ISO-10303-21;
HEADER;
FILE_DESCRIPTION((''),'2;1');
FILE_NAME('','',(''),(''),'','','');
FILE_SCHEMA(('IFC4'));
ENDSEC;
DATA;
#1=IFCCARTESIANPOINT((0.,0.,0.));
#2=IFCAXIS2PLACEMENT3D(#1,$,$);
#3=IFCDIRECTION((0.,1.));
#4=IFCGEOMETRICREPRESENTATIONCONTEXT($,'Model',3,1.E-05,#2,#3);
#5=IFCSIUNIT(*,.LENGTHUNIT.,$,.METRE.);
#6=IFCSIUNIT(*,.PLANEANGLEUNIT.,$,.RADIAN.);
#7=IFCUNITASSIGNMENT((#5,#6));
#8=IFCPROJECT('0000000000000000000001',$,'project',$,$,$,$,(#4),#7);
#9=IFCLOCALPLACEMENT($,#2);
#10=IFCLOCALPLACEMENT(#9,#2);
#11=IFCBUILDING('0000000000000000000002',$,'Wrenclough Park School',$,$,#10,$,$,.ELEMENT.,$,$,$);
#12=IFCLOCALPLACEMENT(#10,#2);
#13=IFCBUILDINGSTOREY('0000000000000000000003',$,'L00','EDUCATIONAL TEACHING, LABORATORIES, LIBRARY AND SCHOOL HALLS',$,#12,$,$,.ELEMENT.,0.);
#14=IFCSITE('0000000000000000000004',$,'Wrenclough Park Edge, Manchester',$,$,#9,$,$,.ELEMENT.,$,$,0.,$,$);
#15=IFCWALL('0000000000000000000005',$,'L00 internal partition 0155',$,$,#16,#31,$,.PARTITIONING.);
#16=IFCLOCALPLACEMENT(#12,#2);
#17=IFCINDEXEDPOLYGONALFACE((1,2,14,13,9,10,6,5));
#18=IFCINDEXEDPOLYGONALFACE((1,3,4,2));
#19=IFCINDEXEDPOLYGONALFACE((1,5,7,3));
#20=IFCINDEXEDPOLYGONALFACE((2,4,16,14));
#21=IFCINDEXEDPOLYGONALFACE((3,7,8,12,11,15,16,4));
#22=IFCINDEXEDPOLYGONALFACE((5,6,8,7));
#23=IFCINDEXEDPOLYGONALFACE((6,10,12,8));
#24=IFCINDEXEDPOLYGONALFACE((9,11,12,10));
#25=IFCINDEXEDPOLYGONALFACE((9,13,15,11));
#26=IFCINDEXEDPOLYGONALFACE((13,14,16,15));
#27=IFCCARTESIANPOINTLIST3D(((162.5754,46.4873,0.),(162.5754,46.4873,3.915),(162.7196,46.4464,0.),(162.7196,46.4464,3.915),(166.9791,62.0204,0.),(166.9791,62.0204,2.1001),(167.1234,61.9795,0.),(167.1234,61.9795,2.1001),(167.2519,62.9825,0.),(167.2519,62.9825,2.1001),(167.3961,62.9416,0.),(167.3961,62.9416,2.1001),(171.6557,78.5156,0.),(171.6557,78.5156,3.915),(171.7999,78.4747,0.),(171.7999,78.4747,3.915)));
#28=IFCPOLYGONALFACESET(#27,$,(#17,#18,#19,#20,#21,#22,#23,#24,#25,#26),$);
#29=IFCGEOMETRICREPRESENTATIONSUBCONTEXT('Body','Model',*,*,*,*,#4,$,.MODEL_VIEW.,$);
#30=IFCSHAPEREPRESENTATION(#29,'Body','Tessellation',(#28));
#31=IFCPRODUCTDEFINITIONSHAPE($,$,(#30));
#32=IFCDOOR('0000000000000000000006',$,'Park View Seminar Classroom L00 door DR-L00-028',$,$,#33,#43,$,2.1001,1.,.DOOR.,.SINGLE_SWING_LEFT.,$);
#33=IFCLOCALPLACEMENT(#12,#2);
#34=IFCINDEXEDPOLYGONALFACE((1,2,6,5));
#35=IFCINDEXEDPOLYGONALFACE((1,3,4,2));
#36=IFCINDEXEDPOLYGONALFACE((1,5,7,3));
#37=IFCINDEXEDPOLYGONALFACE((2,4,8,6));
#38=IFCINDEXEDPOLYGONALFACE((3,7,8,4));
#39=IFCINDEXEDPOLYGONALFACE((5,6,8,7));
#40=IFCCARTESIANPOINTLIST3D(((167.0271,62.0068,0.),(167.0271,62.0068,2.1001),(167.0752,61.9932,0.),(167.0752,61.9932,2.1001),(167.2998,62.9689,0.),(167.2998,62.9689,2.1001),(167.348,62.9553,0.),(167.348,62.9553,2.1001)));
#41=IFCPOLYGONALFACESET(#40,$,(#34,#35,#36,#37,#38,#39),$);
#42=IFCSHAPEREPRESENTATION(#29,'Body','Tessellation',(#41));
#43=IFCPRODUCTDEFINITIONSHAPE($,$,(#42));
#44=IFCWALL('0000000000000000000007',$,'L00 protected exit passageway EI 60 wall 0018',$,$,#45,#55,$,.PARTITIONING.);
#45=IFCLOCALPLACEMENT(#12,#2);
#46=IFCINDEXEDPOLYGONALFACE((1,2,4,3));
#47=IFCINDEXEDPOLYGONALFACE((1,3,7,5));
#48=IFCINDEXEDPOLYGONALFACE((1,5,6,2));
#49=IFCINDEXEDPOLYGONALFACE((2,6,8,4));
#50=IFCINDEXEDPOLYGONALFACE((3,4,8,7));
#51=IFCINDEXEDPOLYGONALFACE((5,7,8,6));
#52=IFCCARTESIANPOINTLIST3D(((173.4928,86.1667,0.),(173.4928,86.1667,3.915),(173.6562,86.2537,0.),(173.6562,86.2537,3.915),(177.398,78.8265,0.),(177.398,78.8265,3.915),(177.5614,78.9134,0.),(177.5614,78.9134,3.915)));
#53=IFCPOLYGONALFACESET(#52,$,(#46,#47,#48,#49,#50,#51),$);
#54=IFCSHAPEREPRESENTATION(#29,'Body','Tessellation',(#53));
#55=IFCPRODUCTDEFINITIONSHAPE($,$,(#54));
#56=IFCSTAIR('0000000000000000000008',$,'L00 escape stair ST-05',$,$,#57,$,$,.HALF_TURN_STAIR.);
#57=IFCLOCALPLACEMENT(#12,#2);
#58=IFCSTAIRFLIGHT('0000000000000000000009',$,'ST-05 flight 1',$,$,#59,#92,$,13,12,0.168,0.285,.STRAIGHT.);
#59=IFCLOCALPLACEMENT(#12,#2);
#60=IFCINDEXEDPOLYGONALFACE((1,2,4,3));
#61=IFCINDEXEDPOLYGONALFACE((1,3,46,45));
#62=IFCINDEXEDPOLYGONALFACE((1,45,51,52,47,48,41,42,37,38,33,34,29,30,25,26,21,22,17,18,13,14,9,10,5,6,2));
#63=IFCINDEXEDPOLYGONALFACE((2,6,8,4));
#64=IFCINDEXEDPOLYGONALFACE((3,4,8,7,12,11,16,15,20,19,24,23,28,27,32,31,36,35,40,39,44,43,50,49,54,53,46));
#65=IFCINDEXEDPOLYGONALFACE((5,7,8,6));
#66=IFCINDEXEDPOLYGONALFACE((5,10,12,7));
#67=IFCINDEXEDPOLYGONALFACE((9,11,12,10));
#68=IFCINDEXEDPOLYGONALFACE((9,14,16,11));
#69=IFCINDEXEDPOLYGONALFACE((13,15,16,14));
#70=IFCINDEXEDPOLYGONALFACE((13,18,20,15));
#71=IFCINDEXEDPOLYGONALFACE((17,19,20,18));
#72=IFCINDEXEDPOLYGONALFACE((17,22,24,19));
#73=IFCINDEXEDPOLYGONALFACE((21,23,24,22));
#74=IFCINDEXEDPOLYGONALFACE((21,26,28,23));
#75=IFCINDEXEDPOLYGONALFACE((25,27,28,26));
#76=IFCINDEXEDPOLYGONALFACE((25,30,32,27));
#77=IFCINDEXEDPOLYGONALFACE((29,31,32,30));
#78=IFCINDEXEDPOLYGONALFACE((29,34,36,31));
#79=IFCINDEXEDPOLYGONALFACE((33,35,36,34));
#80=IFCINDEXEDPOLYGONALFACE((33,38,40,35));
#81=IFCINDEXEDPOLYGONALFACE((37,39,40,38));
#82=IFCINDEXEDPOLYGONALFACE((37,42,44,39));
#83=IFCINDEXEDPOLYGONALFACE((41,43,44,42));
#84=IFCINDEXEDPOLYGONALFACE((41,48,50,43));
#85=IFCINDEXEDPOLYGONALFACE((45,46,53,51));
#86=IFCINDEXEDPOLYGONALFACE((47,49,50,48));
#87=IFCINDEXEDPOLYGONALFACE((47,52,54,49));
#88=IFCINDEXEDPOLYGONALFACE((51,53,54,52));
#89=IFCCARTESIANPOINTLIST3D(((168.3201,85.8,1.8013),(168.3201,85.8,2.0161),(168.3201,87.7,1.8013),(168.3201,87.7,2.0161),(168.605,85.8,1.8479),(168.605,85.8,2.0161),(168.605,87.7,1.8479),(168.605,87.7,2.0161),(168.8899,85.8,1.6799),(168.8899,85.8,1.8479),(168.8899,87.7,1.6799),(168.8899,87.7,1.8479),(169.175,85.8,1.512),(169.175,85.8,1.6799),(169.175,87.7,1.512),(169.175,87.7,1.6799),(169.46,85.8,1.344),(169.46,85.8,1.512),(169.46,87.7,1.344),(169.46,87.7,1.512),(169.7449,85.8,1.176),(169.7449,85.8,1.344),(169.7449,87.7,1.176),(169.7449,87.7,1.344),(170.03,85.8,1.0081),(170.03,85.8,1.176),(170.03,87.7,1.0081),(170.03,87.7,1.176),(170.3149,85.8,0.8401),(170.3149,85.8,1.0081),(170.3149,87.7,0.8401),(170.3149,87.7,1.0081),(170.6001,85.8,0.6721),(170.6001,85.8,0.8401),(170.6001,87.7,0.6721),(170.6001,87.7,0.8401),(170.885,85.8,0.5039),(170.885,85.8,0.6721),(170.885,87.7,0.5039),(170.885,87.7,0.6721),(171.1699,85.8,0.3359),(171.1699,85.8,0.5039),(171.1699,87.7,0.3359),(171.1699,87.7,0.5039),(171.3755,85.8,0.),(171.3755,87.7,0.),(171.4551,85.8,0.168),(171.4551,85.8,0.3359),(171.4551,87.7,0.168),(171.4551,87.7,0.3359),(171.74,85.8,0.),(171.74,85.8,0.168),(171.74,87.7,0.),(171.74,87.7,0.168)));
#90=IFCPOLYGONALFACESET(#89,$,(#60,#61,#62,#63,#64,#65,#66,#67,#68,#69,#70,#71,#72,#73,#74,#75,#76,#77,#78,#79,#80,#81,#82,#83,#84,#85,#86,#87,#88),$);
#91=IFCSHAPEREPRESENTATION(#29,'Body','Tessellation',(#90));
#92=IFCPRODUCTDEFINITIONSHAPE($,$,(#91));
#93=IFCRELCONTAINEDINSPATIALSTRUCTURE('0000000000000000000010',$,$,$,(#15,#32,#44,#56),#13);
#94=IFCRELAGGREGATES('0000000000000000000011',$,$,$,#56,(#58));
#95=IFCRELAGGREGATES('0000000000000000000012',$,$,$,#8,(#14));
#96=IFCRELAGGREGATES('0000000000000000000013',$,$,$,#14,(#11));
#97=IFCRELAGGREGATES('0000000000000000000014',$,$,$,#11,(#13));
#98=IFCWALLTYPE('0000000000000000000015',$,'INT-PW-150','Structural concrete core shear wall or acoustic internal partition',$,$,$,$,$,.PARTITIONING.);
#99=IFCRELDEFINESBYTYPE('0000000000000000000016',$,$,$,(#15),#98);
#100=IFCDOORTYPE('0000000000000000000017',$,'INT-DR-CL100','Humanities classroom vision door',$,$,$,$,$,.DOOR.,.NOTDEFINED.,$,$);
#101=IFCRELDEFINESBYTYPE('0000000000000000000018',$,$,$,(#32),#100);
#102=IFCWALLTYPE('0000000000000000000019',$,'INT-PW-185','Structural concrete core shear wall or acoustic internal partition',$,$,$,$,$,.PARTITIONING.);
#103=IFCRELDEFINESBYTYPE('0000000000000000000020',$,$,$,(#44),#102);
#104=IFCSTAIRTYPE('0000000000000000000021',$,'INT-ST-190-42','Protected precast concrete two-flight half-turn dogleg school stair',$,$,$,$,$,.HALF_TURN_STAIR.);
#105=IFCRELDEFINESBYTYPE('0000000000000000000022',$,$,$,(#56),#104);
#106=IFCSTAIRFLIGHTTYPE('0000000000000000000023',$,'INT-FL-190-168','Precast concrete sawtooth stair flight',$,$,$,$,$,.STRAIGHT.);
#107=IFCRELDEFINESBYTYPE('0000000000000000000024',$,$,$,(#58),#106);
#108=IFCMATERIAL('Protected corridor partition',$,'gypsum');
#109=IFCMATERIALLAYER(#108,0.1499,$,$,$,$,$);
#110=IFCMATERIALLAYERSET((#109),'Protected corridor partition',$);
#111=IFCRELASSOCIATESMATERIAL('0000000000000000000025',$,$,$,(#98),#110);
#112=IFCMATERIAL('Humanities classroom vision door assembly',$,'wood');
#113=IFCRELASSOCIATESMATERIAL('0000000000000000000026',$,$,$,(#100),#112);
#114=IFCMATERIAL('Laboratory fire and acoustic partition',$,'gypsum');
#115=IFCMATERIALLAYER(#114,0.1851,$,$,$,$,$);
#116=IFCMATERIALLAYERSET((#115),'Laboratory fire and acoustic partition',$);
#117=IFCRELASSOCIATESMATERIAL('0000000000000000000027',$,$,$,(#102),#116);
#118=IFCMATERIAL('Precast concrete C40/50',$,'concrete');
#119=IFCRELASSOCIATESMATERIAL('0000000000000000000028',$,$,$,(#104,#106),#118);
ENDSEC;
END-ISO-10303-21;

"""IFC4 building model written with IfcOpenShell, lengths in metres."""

from ifc_helpers import new_model, si_unit, direction, frame, frame_2d, origin, place, context, subcontext, project, spatial, polyline, rectangle, outline, extrude, material, layer, layer_set, type_object, element, fill, aggregate, save


model = new_model("IFC4")

# Units and contexts
model_context = context("Model", 3, precision=1e-05, world=origin(), true_north=direction((0.0, 1.0)))
body_context = subcontext(model_context, "Body", "Model", "MODEL_VIEW")
ifc_project = project(units=[si_unit("LENGTHUNIT", "METRE"), si_unit("PLANEANGLEUNIT", "RADIAN")], contexts=[model_context])

# Site, building, storey
site_placement = place(None, origin())
site = spatial("IfcSite", under=ifc_project, at=site_placement, Name="Wrenclough Park Edge, Manchester", CompositionType="ELEMENT", RefElevation=0.0)
building_placement = place(site_placement, origin())
building = spatial("IfcBuilding", under=site, at=building_placement, Name="Wrenclough Park School", CompositionType="ELEMENT")
storey_placement = place(building_placement, origin())
storey = spatial("IfcBuildingStorey", under=building, at=storey_placement, Name="L00", Description="EDUCATIONAL TEACHING, LABORATORIES, LIBRARY AND SCHOOL HALLS", CompositionType="ELEMENT", Elevation=0.0)

# Shared definitions
ifc_material_1 = material(Name="Protected corridor partition", Category="gypsum")
ifc_layer_1 = layer(ifc_material_1, 0.1499)
ifc_layer_set_1 = layer_set([ifc_layer_1], Name="Protected corridor partition")
wall_type_1 = type_object("IfcWallType", Name="INT-PW-150", Description="Structural concrete core shear wall or acoustic internal partition", PredefinedType="PARTITIONING", material=ifc_layer_set_1)

# Wall, opening, door
wall_1_placement = place(storey_placement, frame((171.7278, 78.4951, 0.0), z_axis=(0.0, 0.0, 1.0), x_axis=(-0.272759, -0.962082, 0.0)))
wall_1 = element("IfcWall", 1, at=wall_1_placement, inside=storey, type_object=wall_type_1, Name="L00 internal partition 0155", PredefinedType="PARTITIONING", context=body_context, shape_type="SweptSolid", body=[
    extrude(rectangle(XDim=33.2905, YDim=0.1499, at=frame_2d((16.6453, 0.0))), origin(), (0.0, 0.0, 1.0), 3.915),
])
opening_1_placement = place(wall_1_placement, frame((16.1453, 0.0, 0.0)))
opening_1 = element("IfcOpeningElement", 2, at=opening_1_placement, cuts=wall_1, PredefinedType="OPENING", context=body_context, shape_type="SweptSolid", body=[
    extrude(rectangle(XDim=1.0, YDim=2.1001, at=frame_2d((0.5, 1.05))), frame((0.0, 0.085, 0.0), z_axis=(0.0, -1.0, 0.0), x_axis=(1.0, 0.0, 0.0)), (0.0, 0.0, 1.0), 0.1699),
])
ifc_material_2 = material(Name="Humanities classroom vision door assembly", Category="wood")
door_type_1 = type_object("IfcDoorType", Name="INT-DR-CL100", Description="Humanities classroom vision door", OperationType="NOTDEFINED", PredefinedType="DOOR", material=ifc_material_2)
door_1_placement = place(opening_1_placement, origin())
door_1 = element("IfcDoor", 3, at=door_1_placement, inside=storey, type_object=door_type_1, Name="Park View Seminar Classroom L00 door DR-L00-028", OperationType="SINGLE_SWING_LEFT", OverallHeight=2.1001, OverallWidth=1.0, PredefinedType="DOOR", context=body_context, shape_type="SweptSolid", body=[
    extrude(rectangle(XDim=1.0, YDim=2.1001, at=frame_2d((0.5, 1.05))), frame((0.0, 0.0249, 0.0), z_axis=(0.0, -1.0, 0.0), x_axis=(1.0, 0.0, 0.0)), (0.0, 0.0, 1.0), 0.05),
])
fill(opening_1, door_1)

# Wall
ifc_material_3 = material(Name="Laboratory fire and acoustic partition", Category="gypsum")
ifc_layer_2 = layer(ifc_material_3, 0.1851)
ifc_layer_set_2 = layer_set([ifc_layer_2], Name="Laboratory fire and acoustic partition")
wall_type_2 = type_object("IfcWallType", Name="INT-PW-185", Description="Structural concrete core shear wall or acoustic internal partition", PredefinedType="PARTITIONING", material=ifc_layer_set_2)
wall_2_placement = place(storey_placement, frame((173.5745, 86.2102, 0.0), z_axis=(0.0, 0.0, 1.0), x_axis=(0.469692, -0.88283, 0.0)))
element("IfcWall", 4, at=wall_2_placement, inside=storey, type_object=wall_type_2, Name="L00 protected exit passageway EI 60 wall 0018", PredefinedType="PARTITIONING", context=body_context, shape_type="SweptSolid", body=[
    extrude(rectangle(XDim=8.3145, YDim=0.1851, at=frame_2d((4.1572, 0.0))), origin(), (0.0, 0.0, 1.0), 3.915),
])

# Stair, stair flight
ifc_material_4 = material(Name="Precast concrete C40/50", Category="concrete")
stair_type = type_object("IfcStairType", Name="INT-ST-190-42", Description="Protected precast concrete two-flight half-turn dogleg school stair", PredefinedType="HALF_TURN_STAIR", material=ifc_material_4)
stair_placement = place(storey_placement, origin())
stair = element("IfcStair", 5, at=stair_placement, inside=storey, type_object=stair_type, Name="L00 escape stair ST-05", PredefinedType="HALF_TURN_STAIR")
stair_flight_type = type_object("IfcStairFlightType", Name="INT-FL-190-168", Description="Precast concrete sawtooth stair flight", PredefinedType="STRAIGHT", material=ifc_material_4)
stair_flight_placement = place(storey_placement, frame((171.74, 86.75, 0.0), z_axis=(0.0, 0.0, 1.0), x_axis=(-1.0, 0.0, 0.0)))
stair_flight = element("IfcStairFlight", 6, at=stair_flight_placement, type_object=stair_flight_type, Name="ST-05 flight 1", NumberOfRisers=13, NumberOfTreads=12, PredefinedType="STRAIGHT", RiserHeight=0.168, TreadLength=0.285, context=body_context, shape_type="SweptSolid", body=[
    extrude(outline(polyline([(0.0, 0.0), (0.0, 0.168), (0.2849, 0.168), (0.2849, 0.3359), (0.5701, 0.3359), (0.5701, 0.5039), (0.855, 0.5039), (0.855, 0.6721), (1.1399, 0.6721), (1.1399, 0.8401), (1.425, 0.8401), (1.425, 1.0081), (1.71, 1.0081), (1.71, 1.176), (1.9951, 1.176), (1.9951, 1.344), (2.28, 1.344), (2.28, 1.512), (2.5649, 1.512), (2.5649, 1.6799), (2.8501, 1.6799), (2.8501, 1.8479), (3.135, 1.8479), (3.135, 2.0161), (3.4199, 2.0161), (3.4199, 2.1841), (3.4199, 1.8013), (0.3645, 0.0), (0.0, 0.0)])), frame((0.0, 0.95, 0.0), z_axis=(0.0, -1.0, 0.0), x_axis=(1.0, 0.0, 0.0)), (0.0, 0.0, 1.0), 1.8999),
])
aggregate(stair, [stair_flight])

save(model, "model.ifc")
